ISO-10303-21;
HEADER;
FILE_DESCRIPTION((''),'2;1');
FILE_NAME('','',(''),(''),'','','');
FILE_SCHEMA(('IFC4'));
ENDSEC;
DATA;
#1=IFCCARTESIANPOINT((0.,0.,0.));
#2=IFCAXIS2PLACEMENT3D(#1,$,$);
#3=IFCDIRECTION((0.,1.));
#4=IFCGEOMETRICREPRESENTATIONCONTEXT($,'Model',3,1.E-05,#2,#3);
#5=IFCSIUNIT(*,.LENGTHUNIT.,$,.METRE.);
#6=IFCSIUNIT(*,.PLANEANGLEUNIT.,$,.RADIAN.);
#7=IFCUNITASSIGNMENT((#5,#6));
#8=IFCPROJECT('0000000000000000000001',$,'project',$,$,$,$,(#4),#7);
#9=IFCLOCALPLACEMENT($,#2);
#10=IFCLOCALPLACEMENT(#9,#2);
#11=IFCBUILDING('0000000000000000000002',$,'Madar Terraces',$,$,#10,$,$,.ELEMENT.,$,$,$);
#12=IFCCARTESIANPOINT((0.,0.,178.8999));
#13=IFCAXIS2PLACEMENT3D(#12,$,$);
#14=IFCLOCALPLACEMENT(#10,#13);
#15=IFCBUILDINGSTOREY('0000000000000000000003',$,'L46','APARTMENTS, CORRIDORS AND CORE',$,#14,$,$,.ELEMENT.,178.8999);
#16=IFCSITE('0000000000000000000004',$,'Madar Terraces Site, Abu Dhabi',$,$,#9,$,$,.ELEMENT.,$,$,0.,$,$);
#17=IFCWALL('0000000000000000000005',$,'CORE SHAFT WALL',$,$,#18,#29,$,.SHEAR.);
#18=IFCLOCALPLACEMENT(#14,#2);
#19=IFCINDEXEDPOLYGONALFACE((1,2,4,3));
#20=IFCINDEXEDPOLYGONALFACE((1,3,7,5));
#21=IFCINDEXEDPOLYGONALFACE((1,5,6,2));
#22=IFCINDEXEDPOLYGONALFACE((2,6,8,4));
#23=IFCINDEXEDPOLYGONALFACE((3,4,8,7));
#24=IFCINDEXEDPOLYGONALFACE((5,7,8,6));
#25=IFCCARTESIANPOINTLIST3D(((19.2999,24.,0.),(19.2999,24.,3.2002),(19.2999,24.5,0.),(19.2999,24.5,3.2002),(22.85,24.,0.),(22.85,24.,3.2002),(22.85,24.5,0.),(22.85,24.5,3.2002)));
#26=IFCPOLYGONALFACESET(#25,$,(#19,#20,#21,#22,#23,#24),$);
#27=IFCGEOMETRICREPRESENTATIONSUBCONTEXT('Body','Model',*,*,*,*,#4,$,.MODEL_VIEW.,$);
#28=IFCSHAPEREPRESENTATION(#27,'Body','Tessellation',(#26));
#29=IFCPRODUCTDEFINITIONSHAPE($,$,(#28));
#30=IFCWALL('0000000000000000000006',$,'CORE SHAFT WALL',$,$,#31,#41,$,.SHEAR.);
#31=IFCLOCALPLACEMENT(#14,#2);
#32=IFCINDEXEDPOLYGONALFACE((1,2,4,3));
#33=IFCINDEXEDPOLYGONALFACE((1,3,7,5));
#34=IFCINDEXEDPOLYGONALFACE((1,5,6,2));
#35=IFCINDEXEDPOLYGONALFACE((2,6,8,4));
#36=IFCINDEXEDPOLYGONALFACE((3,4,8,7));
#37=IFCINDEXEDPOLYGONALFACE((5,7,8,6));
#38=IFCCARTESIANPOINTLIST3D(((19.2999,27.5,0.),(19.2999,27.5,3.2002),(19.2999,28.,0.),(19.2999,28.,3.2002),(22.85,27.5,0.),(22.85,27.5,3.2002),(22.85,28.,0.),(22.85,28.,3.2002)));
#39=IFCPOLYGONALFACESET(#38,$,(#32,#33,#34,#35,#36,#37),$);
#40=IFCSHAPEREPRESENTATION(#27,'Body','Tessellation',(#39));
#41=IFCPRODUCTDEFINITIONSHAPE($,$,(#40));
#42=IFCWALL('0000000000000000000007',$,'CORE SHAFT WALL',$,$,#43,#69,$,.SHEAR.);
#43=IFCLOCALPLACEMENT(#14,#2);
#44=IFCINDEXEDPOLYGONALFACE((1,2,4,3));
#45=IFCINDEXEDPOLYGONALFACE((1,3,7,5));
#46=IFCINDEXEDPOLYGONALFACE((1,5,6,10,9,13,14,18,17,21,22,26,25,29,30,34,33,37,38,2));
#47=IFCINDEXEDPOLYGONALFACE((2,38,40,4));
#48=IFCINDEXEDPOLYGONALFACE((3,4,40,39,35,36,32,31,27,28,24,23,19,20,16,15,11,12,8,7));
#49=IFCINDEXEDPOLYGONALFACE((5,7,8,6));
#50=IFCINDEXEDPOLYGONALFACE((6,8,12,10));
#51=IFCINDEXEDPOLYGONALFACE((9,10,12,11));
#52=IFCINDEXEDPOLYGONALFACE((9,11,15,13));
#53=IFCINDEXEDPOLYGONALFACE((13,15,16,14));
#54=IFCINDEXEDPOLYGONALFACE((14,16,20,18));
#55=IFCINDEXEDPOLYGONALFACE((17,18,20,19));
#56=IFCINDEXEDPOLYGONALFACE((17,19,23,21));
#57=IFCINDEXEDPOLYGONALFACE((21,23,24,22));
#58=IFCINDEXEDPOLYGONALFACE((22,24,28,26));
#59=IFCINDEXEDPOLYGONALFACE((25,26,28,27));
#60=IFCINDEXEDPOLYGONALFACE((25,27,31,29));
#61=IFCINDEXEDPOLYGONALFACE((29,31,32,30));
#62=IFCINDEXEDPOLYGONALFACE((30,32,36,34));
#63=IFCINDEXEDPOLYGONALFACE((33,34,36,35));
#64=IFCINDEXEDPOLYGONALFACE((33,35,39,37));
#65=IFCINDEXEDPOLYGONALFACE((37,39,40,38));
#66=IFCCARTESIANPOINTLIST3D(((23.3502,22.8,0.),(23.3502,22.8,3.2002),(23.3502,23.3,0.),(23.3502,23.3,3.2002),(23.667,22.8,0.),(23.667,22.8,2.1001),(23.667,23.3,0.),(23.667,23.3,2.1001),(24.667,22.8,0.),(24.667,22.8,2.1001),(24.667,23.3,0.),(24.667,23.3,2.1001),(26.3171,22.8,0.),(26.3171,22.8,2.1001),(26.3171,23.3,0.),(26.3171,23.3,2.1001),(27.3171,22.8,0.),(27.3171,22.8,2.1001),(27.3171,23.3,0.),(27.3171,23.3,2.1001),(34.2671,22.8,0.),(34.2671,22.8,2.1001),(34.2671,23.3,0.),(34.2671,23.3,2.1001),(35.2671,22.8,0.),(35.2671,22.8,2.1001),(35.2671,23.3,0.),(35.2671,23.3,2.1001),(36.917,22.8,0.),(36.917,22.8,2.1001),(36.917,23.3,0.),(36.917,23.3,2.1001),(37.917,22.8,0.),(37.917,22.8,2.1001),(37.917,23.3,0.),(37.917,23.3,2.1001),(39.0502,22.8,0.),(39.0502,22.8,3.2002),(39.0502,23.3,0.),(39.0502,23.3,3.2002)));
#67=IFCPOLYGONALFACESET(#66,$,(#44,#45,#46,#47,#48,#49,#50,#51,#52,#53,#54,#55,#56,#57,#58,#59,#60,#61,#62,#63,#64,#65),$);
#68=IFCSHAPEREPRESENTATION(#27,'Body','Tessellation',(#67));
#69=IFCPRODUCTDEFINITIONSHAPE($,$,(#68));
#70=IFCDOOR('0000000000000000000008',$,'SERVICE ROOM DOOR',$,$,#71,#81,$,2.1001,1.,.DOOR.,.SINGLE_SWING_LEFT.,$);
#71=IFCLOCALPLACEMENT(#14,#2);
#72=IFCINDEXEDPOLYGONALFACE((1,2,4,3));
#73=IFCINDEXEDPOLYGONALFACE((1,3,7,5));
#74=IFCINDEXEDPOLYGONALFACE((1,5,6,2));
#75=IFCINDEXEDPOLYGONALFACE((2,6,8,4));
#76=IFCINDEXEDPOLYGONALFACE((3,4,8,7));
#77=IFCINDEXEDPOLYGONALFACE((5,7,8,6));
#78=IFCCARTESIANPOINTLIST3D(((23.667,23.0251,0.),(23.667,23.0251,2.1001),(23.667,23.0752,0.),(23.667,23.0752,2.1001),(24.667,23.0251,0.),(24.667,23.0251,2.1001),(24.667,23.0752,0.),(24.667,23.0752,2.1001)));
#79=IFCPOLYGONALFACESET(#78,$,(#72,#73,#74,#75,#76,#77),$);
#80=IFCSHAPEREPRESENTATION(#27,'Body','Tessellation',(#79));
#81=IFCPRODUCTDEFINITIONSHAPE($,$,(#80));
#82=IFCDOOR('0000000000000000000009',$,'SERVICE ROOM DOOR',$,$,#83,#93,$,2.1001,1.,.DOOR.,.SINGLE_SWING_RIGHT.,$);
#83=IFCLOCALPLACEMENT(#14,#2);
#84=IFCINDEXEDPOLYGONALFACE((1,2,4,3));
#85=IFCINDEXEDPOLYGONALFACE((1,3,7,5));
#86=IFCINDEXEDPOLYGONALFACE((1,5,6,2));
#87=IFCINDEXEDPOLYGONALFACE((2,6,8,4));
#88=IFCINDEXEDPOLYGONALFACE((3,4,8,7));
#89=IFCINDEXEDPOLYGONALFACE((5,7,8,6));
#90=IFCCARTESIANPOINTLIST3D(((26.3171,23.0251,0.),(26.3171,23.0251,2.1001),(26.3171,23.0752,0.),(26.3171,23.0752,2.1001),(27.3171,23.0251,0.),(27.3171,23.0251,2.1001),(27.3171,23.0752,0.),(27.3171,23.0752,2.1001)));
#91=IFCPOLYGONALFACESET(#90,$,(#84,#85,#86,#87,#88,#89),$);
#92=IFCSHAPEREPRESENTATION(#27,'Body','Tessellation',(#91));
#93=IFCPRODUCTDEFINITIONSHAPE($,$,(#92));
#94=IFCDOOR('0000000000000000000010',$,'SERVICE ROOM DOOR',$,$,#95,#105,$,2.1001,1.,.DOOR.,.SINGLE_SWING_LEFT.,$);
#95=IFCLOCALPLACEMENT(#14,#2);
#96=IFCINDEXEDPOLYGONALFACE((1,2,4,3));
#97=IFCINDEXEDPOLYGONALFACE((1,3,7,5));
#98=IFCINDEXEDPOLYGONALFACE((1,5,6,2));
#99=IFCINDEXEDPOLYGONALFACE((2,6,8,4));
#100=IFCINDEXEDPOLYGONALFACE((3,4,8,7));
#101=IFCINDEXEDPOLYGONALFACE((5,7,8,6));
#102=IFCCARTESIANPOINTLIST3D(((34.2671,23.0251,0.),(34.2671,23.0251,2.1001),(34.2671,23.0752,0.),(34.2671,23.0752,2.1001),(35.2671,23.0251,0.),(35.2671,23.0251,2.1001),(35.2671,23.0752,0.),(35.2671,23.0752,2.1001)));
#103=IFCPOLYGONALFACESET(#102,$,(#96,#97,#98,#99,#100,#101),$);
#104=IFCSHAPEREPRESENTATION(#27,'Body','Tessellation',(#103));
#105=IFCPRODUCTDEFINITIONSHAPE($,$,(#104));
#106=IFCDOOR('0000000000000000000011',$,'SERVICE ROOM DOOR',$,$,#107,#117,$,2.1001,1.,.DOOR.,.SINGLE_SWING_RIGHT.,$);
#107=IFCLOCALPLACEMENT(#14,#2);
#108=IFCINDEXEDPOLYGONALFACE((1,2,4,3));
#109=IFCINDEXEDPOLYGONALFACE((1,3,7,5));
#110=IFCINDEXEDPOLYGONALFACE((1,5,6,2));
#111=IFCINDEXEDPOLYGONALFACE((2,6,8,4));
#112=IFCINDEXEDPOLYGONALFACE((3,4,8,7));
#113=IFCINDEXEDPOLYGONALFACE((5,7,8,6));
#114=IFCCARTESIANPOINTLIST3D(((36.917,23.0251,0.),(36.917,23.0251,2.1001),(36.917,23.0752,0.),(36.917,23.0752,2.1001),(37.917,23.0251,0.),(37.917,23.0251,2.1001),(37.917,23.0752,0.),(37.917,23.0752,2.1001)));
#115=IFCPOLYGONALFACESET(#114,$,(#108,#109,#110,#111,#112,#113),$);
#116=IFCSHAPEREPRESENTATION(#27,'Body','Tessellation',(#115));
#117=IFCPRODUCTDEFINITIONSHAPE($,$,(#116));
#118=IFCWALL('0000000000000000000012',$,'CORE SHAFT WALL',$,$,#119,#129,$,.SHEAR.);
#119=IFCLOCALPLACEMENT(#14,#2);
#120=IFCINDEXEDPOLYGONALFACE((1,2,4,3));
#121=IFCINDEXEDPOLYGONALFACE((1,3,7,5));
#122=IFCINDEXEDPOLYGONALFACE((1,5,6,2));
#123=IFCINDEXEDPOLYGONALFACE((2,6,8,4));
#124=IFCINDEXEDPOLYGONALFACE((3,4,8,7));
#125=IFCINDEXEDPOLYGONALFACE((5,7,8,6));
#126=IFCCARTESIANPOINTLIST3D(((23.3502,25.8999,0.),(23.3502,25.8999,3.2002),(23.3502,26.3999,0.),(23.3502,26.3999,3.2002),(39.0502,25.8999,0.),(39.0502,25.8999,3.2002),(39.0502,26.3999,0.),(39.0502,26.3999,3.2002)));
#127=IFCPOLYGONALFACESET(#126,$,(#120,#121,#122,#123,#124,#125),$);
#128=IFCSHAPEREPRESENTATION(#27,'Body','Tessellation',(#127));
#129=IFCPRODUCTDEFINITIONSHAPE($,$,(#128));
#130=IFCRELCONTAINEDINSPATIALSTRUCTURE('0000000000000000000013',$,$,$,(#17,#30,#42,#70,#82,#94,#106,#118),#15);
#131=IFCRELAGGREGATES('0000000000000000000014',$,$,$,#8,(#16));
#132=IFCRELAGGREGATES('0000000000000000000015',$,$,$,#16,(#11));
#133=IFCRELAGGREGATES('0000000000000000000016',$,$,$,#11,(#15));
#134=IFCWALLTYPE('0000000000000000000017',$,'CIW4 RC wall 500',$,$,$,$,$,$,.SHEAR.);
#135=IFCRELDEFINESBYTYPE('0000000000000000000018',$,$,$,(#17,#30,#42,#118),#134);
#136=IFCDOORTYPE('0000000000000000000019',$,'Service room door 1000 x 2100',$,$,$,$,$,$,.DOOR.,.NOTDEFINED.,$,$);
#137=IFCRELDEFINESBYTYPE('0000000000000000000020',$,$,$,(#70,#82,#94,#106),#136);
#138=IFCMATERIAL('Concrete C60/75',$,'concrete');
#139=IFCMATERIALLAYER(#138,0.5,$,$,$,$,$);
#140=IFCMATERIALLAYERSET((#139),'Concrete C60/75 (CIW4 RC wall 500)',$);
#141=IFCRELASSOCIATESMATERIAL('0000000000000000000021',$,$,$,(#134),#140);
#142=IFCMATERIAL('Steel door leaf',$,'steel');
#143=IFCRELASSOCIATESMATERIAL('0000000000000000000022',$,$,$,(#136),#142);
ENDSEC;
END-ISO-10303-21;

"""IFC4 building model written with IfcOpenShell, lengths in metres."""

from ifc_helpers import new_model, si_unit, direction, frame, frame_2d, origin, place, context, subcontext, project, spatial, rectangle, extrude, material, layer, layer_set, type_object, element, fill, save


model = new_model("IFC4")

# Units and contexts
model_context = context("Model", 3, precision=1e-05, world=origin(), true_north=direction((0.0, 1.0)))
body_context = subcontext(model_context, "Body", "Model", "MODEL_VIEW")
ifc_project = project(units=[si_unit("LENGTHUNIT", "METRE"), si_unit("PLANEANGLEUNIT", "RADIAN")], contexts=[model_context])

# Site, building, storey
site_placement = place(None, origin())
site = spatial("IfcSite", under=ifc_project, at=site_placement, Name="Madar Terraces Site, Abu Dhabi", CompositionType="ELEMENT", RefElevation=0.0)
building_placement = place(site_placement, origin())
building = spatial("IfcBuilding", under=site, at=building_placement, Name="Madar Terraces", CompositionType="ELEMENT")
storey_placement = place(building_placement, frame((0.0, 0.0, 178.8999)))
storey = spatial("IfcBuildingStorey", under=building, at=storey_placement, Name="L46", Description="APARTMENTS, CORRIDORS AND CORE", CompositionType="ELEMENT", Elevation=178.8999)

# Walls
ifc_material_1 = material(Name="Concrete C60/75", Category="concrete")
ifc_layer = layer(ifc_material_1, 0.5)
ifc_layer_set = layer_set([ifc_layer], Name="Concrete C60/75 (CIW4 RC wall 500)")
wall_type = type_object("IfcWallType", Name="CIW4 RC wall 500", PredefinedType="SHEAR", material=ifc_layer_set)
for number, where, z_axis, x_axis, name in (
    (1, (19.3, 24.25, 0.0), (0.0, 0.0, 1.0), (1.0, 0.0, 0.0), "CORE SHAFT WALL"),
    (2, (19.3, 27.75, 0.0), (0.0, 0.0, 1.0), (1.0, 0.0, 0.0), "CORE SHAFT WALL"),
):
    element("IfcWall", number, at=place(storey_placement, frame(where, z_axis=z_axis, x_axis=x_axis)), inside=storey, type_object=wall_type, Name=name, PredefinedType="SHEAR", context=body_context, shape_type="SweptSolid", body=[
        extrude(rectangle(XDim=3.55, YDim=0.5, at=frame_2d((1.7749, 0.0))), origin(), (0.0, 0.0, 1.0), 3.2002),
    ])

# Wall, openings, doors
wall_1_placement = place(storey_placement, frame((23.3501, 23.05, 0.0), z_axis=(0.0, 0.0, 1.0), x_axis=(1.0, 0.0, 0.0)))
wall_1 = element("IfcWall", 3, at=wall_1_placement, inside=storey, type_object=wall_type, Name="CORE SHAFT WALL", PredefinedType="SHEAR", context=body_context, shape_type="SweptSolid", body=[
    extrude(rectangle(XDim=15.7, YDim=0.5, at=frame_2d((7.8501, 0.0))), origin(), (0.0, 0.0, 1.0), 3.2002),
])
opening_1_placement = place(wall_1_placement, frame((0.3169, 0.0, 0.0)))
opening_1 = element("IfcOpeningElement", 4, at=opening_1_placement, cuts=wall_1, PredefinedType="OPENING", context=body_context, shape_type="SweptSolid", body=[
    extrude(rectangle(XDim=1.0, YDim=2.1001, at=frame_2d((0.5, 1.05))), frame((0.0, 0.26, 0.0), z_axis=(0.0, -1.0, 0.0), x_axis=(1.0, 0.0, 0.0)), (0.0, 0.0, 1.0), 0.52),
])
opening_2_placement = place(wall_1_placement, frame((2.967, 0.0, 0.0)))
opening_2 = element("IfcOpeningElement", 5, at=opening_2_placement, cuts=wall_1, PredefinedType="OPENING", context=body_context, shape_type="SweptSolid", body=[
    extrude(rectangle(XDim=1.0, YDim=2.1001, at=frame_2d((0.5, 1.05))), frame((0.0, 0.26, 0.0), z_axis=(0.0, -1.0, 0.0), x_axis=(1.0, 0.0, 0.0)), (0.0, 0.0, 1.0), 0.52),
])
opening_3_placement = place(wall_1_placement, frame((10.917, 0.0, 0.0)))
opening_3 = element("IfcOpeningElement", 6, at=opening_3_placement, cuts=wall_1, PredefinedType="OPENING", context=body_context, shape_type="SweptSolid", body=[
    extrude(rectangle(XDim=1.0, YDim=2.1001, at=frame_2d((0.5, 1.05))), frame((0.0, 0.26, 0.0), z_axis=(0.0, -1.0, 0.0), x_axis=(1.0, 0.0, 0.0)), (0.0, 0.0, 1.0), 0.52),
])
opening_4_placement = place(wall_1_placement, frame((13.5669, 0.0, 0.0)))
opening_4 = element("IfcOpeningElement", 7, at=opening_4_placement, cuts=wall_1, PredefinedType="OPENING", context=body_context, shape_type="SweptSolid", body=[
    extrude(rectangle(XDim=1.0, YDim=2.1001, at=frame_2d((0.5, 1.05))), frame((0.0, 0.26, 0.0), z_axis=(0.0, -1.0, 0.0), x_axis=(1.0, 0.0, 0.0)), (0.0, 0.0, 1.0), 0.52),
])
ifc_material_2 = material(Name="Steel door leaf", Category="steel")
door_type_1 = type_object("IfcDoorType", Name="Service room door 1000 x 2100", OperationType="NOTDEFINED", PredefinedType="DOOR", material=ifc_material_2)
door_1_placement = place(opening_1_placement, frame((1.0, 0.0, 0.0), z_axis=(0.0, 0.0, 1.0), x_axis=(-1.0, 0.0, 0.0)))
door_1 = element("IfcDoor", 8, at=door_1_placement, inside=storey, type_object=door_type_1, Name="SERVICE ROOM DOOR", OperationType="SINGLE_SWING_LEFT", OverallHeight=2.1001, OverallWidth=1.0, PredefinedType="DOOR", context=body_context, shape_type="SweptSolid", body=[
    extrude(rectangle(XDim=1.0, YDim=2.1001, at=frame_2d((0.5, 1.05))), frame((0.0, 0.0249, 0.0), z_axis=(0.0, -1.0, 0.0), x_axis=(1.0, 0.0, 0.0)), (0.0, 0.0, 1.0), 0.05),
])
fill(opening_1, door_1)
door_2_placement = place(opening_2_placement, frame((1.0, 0.0, 0.0), z_axis=(0.0, 0.0, 1.0), x_axis=(-1.0, 0.0, 0.0)))
door_2 = element("IfcDoor", 9, at=door_2_placement, inside=storey, type_object=door_type_1, Name="SERVICE ROOM DOOR", OperationType="SINGLE_SWING_RIGHT", OverallHeight=2.1001, OverallWidth=1.0, PredefinedType="DOOR", context=body_context, shape_type="SweptSolid", body=[
    extrude(rectangle(XDim=1.0, YDim=2.1001, at=frame_2d((0.5, 1.05))), frame((0.0, 0.0249, 0.0), z_axis=(0.0, -1.0, 0.0), x_axis=(1.0, 0.0, 0.0)), (0.0, 0.0, 1.0), 0.05),
])
fill(opening_2, door_2)
door_3_placement = place(opening_3_placement, frame((1.0, 0.0, 0.0), z_axis=(0.0, 0.0, 1.0), x_axis=(-1.0, 0.0, 0.0)))
door_3 = element("IfcDoor", 10, at=door_3_placement, inside=storey, type_object=door_type_1, Name="SERVICE ROOM DOOR", OperationType="SINGLE_SWING_LEFT", OverallHeight=2.1001, OverallWidth=1.0, PredefinedType="DOOR", context=body_context, shape_type="SweptSolid", body=[
    extrude(rectangle(XDim=1.0, YDim=2.1001, at=frame_2d((0.5, 1.05))), frame((0.0, 0.0249, 0.0), z_axis=(0.0, -1.0, 0.0), x_axis=(1.0, 0.0, 0.0)), (0.0, 0.0, 1.0), 0.05),
])
fill(opening_3, door_3)
door_4_placement = place(opening_4_placement, frame((1.0, 0.0, 0.0), z_axis=(0.0, 0.0, 1.0), x_axis=(-1.0, 0.0, 0.0)))
door_4 = element("IfcDoor", 11, at=door_4_placement, inside=storey, type_object=door_type_1, Name="SERVICE ROOM DOOR", OperationType="SINGLE_SWING_RIGHT", OverallHeight=2.1001, OverallWidth=1.0, PredefinedType="DOOR", context=body_context, shape_type="SweptSolid", body=[
    extrude(rectangle(XDim=1.0, YDim=2.1001, at=frame_2d((0.5, 1.05))), frame((0.0, 0.0249, 0.0), z_axis=(0.0, -1.0, 0.0), x_axis=(1.0, 0.0, 0.0)), (0.0, 0.0, 1.0), 0.05),
])
fill(opening_4, door_4)

# Wall
wall_2_placement = place(storey_placement, frame((23.3501, 26.1499, 0.0), z_axis=(0.0, 0.0, 1.0), x_axis=(1.0, 0.0, 0.0)))
element("IfcWall", 12, at=wall_2_placement, inside=storey, type_object=wall_type, Name="CORE SHAFT WALL", PredefinedType="SHEAR", context=body_context, shape_type="SweptSolid", body=[
    extrude(rectangle(XDim=15.7, YDim=0.5, at=frame_2d((7.8501, 0.0))), origin(), (0.0, 0.0, 1.0), 3.2002),
])

save(model, "model.ifc")
